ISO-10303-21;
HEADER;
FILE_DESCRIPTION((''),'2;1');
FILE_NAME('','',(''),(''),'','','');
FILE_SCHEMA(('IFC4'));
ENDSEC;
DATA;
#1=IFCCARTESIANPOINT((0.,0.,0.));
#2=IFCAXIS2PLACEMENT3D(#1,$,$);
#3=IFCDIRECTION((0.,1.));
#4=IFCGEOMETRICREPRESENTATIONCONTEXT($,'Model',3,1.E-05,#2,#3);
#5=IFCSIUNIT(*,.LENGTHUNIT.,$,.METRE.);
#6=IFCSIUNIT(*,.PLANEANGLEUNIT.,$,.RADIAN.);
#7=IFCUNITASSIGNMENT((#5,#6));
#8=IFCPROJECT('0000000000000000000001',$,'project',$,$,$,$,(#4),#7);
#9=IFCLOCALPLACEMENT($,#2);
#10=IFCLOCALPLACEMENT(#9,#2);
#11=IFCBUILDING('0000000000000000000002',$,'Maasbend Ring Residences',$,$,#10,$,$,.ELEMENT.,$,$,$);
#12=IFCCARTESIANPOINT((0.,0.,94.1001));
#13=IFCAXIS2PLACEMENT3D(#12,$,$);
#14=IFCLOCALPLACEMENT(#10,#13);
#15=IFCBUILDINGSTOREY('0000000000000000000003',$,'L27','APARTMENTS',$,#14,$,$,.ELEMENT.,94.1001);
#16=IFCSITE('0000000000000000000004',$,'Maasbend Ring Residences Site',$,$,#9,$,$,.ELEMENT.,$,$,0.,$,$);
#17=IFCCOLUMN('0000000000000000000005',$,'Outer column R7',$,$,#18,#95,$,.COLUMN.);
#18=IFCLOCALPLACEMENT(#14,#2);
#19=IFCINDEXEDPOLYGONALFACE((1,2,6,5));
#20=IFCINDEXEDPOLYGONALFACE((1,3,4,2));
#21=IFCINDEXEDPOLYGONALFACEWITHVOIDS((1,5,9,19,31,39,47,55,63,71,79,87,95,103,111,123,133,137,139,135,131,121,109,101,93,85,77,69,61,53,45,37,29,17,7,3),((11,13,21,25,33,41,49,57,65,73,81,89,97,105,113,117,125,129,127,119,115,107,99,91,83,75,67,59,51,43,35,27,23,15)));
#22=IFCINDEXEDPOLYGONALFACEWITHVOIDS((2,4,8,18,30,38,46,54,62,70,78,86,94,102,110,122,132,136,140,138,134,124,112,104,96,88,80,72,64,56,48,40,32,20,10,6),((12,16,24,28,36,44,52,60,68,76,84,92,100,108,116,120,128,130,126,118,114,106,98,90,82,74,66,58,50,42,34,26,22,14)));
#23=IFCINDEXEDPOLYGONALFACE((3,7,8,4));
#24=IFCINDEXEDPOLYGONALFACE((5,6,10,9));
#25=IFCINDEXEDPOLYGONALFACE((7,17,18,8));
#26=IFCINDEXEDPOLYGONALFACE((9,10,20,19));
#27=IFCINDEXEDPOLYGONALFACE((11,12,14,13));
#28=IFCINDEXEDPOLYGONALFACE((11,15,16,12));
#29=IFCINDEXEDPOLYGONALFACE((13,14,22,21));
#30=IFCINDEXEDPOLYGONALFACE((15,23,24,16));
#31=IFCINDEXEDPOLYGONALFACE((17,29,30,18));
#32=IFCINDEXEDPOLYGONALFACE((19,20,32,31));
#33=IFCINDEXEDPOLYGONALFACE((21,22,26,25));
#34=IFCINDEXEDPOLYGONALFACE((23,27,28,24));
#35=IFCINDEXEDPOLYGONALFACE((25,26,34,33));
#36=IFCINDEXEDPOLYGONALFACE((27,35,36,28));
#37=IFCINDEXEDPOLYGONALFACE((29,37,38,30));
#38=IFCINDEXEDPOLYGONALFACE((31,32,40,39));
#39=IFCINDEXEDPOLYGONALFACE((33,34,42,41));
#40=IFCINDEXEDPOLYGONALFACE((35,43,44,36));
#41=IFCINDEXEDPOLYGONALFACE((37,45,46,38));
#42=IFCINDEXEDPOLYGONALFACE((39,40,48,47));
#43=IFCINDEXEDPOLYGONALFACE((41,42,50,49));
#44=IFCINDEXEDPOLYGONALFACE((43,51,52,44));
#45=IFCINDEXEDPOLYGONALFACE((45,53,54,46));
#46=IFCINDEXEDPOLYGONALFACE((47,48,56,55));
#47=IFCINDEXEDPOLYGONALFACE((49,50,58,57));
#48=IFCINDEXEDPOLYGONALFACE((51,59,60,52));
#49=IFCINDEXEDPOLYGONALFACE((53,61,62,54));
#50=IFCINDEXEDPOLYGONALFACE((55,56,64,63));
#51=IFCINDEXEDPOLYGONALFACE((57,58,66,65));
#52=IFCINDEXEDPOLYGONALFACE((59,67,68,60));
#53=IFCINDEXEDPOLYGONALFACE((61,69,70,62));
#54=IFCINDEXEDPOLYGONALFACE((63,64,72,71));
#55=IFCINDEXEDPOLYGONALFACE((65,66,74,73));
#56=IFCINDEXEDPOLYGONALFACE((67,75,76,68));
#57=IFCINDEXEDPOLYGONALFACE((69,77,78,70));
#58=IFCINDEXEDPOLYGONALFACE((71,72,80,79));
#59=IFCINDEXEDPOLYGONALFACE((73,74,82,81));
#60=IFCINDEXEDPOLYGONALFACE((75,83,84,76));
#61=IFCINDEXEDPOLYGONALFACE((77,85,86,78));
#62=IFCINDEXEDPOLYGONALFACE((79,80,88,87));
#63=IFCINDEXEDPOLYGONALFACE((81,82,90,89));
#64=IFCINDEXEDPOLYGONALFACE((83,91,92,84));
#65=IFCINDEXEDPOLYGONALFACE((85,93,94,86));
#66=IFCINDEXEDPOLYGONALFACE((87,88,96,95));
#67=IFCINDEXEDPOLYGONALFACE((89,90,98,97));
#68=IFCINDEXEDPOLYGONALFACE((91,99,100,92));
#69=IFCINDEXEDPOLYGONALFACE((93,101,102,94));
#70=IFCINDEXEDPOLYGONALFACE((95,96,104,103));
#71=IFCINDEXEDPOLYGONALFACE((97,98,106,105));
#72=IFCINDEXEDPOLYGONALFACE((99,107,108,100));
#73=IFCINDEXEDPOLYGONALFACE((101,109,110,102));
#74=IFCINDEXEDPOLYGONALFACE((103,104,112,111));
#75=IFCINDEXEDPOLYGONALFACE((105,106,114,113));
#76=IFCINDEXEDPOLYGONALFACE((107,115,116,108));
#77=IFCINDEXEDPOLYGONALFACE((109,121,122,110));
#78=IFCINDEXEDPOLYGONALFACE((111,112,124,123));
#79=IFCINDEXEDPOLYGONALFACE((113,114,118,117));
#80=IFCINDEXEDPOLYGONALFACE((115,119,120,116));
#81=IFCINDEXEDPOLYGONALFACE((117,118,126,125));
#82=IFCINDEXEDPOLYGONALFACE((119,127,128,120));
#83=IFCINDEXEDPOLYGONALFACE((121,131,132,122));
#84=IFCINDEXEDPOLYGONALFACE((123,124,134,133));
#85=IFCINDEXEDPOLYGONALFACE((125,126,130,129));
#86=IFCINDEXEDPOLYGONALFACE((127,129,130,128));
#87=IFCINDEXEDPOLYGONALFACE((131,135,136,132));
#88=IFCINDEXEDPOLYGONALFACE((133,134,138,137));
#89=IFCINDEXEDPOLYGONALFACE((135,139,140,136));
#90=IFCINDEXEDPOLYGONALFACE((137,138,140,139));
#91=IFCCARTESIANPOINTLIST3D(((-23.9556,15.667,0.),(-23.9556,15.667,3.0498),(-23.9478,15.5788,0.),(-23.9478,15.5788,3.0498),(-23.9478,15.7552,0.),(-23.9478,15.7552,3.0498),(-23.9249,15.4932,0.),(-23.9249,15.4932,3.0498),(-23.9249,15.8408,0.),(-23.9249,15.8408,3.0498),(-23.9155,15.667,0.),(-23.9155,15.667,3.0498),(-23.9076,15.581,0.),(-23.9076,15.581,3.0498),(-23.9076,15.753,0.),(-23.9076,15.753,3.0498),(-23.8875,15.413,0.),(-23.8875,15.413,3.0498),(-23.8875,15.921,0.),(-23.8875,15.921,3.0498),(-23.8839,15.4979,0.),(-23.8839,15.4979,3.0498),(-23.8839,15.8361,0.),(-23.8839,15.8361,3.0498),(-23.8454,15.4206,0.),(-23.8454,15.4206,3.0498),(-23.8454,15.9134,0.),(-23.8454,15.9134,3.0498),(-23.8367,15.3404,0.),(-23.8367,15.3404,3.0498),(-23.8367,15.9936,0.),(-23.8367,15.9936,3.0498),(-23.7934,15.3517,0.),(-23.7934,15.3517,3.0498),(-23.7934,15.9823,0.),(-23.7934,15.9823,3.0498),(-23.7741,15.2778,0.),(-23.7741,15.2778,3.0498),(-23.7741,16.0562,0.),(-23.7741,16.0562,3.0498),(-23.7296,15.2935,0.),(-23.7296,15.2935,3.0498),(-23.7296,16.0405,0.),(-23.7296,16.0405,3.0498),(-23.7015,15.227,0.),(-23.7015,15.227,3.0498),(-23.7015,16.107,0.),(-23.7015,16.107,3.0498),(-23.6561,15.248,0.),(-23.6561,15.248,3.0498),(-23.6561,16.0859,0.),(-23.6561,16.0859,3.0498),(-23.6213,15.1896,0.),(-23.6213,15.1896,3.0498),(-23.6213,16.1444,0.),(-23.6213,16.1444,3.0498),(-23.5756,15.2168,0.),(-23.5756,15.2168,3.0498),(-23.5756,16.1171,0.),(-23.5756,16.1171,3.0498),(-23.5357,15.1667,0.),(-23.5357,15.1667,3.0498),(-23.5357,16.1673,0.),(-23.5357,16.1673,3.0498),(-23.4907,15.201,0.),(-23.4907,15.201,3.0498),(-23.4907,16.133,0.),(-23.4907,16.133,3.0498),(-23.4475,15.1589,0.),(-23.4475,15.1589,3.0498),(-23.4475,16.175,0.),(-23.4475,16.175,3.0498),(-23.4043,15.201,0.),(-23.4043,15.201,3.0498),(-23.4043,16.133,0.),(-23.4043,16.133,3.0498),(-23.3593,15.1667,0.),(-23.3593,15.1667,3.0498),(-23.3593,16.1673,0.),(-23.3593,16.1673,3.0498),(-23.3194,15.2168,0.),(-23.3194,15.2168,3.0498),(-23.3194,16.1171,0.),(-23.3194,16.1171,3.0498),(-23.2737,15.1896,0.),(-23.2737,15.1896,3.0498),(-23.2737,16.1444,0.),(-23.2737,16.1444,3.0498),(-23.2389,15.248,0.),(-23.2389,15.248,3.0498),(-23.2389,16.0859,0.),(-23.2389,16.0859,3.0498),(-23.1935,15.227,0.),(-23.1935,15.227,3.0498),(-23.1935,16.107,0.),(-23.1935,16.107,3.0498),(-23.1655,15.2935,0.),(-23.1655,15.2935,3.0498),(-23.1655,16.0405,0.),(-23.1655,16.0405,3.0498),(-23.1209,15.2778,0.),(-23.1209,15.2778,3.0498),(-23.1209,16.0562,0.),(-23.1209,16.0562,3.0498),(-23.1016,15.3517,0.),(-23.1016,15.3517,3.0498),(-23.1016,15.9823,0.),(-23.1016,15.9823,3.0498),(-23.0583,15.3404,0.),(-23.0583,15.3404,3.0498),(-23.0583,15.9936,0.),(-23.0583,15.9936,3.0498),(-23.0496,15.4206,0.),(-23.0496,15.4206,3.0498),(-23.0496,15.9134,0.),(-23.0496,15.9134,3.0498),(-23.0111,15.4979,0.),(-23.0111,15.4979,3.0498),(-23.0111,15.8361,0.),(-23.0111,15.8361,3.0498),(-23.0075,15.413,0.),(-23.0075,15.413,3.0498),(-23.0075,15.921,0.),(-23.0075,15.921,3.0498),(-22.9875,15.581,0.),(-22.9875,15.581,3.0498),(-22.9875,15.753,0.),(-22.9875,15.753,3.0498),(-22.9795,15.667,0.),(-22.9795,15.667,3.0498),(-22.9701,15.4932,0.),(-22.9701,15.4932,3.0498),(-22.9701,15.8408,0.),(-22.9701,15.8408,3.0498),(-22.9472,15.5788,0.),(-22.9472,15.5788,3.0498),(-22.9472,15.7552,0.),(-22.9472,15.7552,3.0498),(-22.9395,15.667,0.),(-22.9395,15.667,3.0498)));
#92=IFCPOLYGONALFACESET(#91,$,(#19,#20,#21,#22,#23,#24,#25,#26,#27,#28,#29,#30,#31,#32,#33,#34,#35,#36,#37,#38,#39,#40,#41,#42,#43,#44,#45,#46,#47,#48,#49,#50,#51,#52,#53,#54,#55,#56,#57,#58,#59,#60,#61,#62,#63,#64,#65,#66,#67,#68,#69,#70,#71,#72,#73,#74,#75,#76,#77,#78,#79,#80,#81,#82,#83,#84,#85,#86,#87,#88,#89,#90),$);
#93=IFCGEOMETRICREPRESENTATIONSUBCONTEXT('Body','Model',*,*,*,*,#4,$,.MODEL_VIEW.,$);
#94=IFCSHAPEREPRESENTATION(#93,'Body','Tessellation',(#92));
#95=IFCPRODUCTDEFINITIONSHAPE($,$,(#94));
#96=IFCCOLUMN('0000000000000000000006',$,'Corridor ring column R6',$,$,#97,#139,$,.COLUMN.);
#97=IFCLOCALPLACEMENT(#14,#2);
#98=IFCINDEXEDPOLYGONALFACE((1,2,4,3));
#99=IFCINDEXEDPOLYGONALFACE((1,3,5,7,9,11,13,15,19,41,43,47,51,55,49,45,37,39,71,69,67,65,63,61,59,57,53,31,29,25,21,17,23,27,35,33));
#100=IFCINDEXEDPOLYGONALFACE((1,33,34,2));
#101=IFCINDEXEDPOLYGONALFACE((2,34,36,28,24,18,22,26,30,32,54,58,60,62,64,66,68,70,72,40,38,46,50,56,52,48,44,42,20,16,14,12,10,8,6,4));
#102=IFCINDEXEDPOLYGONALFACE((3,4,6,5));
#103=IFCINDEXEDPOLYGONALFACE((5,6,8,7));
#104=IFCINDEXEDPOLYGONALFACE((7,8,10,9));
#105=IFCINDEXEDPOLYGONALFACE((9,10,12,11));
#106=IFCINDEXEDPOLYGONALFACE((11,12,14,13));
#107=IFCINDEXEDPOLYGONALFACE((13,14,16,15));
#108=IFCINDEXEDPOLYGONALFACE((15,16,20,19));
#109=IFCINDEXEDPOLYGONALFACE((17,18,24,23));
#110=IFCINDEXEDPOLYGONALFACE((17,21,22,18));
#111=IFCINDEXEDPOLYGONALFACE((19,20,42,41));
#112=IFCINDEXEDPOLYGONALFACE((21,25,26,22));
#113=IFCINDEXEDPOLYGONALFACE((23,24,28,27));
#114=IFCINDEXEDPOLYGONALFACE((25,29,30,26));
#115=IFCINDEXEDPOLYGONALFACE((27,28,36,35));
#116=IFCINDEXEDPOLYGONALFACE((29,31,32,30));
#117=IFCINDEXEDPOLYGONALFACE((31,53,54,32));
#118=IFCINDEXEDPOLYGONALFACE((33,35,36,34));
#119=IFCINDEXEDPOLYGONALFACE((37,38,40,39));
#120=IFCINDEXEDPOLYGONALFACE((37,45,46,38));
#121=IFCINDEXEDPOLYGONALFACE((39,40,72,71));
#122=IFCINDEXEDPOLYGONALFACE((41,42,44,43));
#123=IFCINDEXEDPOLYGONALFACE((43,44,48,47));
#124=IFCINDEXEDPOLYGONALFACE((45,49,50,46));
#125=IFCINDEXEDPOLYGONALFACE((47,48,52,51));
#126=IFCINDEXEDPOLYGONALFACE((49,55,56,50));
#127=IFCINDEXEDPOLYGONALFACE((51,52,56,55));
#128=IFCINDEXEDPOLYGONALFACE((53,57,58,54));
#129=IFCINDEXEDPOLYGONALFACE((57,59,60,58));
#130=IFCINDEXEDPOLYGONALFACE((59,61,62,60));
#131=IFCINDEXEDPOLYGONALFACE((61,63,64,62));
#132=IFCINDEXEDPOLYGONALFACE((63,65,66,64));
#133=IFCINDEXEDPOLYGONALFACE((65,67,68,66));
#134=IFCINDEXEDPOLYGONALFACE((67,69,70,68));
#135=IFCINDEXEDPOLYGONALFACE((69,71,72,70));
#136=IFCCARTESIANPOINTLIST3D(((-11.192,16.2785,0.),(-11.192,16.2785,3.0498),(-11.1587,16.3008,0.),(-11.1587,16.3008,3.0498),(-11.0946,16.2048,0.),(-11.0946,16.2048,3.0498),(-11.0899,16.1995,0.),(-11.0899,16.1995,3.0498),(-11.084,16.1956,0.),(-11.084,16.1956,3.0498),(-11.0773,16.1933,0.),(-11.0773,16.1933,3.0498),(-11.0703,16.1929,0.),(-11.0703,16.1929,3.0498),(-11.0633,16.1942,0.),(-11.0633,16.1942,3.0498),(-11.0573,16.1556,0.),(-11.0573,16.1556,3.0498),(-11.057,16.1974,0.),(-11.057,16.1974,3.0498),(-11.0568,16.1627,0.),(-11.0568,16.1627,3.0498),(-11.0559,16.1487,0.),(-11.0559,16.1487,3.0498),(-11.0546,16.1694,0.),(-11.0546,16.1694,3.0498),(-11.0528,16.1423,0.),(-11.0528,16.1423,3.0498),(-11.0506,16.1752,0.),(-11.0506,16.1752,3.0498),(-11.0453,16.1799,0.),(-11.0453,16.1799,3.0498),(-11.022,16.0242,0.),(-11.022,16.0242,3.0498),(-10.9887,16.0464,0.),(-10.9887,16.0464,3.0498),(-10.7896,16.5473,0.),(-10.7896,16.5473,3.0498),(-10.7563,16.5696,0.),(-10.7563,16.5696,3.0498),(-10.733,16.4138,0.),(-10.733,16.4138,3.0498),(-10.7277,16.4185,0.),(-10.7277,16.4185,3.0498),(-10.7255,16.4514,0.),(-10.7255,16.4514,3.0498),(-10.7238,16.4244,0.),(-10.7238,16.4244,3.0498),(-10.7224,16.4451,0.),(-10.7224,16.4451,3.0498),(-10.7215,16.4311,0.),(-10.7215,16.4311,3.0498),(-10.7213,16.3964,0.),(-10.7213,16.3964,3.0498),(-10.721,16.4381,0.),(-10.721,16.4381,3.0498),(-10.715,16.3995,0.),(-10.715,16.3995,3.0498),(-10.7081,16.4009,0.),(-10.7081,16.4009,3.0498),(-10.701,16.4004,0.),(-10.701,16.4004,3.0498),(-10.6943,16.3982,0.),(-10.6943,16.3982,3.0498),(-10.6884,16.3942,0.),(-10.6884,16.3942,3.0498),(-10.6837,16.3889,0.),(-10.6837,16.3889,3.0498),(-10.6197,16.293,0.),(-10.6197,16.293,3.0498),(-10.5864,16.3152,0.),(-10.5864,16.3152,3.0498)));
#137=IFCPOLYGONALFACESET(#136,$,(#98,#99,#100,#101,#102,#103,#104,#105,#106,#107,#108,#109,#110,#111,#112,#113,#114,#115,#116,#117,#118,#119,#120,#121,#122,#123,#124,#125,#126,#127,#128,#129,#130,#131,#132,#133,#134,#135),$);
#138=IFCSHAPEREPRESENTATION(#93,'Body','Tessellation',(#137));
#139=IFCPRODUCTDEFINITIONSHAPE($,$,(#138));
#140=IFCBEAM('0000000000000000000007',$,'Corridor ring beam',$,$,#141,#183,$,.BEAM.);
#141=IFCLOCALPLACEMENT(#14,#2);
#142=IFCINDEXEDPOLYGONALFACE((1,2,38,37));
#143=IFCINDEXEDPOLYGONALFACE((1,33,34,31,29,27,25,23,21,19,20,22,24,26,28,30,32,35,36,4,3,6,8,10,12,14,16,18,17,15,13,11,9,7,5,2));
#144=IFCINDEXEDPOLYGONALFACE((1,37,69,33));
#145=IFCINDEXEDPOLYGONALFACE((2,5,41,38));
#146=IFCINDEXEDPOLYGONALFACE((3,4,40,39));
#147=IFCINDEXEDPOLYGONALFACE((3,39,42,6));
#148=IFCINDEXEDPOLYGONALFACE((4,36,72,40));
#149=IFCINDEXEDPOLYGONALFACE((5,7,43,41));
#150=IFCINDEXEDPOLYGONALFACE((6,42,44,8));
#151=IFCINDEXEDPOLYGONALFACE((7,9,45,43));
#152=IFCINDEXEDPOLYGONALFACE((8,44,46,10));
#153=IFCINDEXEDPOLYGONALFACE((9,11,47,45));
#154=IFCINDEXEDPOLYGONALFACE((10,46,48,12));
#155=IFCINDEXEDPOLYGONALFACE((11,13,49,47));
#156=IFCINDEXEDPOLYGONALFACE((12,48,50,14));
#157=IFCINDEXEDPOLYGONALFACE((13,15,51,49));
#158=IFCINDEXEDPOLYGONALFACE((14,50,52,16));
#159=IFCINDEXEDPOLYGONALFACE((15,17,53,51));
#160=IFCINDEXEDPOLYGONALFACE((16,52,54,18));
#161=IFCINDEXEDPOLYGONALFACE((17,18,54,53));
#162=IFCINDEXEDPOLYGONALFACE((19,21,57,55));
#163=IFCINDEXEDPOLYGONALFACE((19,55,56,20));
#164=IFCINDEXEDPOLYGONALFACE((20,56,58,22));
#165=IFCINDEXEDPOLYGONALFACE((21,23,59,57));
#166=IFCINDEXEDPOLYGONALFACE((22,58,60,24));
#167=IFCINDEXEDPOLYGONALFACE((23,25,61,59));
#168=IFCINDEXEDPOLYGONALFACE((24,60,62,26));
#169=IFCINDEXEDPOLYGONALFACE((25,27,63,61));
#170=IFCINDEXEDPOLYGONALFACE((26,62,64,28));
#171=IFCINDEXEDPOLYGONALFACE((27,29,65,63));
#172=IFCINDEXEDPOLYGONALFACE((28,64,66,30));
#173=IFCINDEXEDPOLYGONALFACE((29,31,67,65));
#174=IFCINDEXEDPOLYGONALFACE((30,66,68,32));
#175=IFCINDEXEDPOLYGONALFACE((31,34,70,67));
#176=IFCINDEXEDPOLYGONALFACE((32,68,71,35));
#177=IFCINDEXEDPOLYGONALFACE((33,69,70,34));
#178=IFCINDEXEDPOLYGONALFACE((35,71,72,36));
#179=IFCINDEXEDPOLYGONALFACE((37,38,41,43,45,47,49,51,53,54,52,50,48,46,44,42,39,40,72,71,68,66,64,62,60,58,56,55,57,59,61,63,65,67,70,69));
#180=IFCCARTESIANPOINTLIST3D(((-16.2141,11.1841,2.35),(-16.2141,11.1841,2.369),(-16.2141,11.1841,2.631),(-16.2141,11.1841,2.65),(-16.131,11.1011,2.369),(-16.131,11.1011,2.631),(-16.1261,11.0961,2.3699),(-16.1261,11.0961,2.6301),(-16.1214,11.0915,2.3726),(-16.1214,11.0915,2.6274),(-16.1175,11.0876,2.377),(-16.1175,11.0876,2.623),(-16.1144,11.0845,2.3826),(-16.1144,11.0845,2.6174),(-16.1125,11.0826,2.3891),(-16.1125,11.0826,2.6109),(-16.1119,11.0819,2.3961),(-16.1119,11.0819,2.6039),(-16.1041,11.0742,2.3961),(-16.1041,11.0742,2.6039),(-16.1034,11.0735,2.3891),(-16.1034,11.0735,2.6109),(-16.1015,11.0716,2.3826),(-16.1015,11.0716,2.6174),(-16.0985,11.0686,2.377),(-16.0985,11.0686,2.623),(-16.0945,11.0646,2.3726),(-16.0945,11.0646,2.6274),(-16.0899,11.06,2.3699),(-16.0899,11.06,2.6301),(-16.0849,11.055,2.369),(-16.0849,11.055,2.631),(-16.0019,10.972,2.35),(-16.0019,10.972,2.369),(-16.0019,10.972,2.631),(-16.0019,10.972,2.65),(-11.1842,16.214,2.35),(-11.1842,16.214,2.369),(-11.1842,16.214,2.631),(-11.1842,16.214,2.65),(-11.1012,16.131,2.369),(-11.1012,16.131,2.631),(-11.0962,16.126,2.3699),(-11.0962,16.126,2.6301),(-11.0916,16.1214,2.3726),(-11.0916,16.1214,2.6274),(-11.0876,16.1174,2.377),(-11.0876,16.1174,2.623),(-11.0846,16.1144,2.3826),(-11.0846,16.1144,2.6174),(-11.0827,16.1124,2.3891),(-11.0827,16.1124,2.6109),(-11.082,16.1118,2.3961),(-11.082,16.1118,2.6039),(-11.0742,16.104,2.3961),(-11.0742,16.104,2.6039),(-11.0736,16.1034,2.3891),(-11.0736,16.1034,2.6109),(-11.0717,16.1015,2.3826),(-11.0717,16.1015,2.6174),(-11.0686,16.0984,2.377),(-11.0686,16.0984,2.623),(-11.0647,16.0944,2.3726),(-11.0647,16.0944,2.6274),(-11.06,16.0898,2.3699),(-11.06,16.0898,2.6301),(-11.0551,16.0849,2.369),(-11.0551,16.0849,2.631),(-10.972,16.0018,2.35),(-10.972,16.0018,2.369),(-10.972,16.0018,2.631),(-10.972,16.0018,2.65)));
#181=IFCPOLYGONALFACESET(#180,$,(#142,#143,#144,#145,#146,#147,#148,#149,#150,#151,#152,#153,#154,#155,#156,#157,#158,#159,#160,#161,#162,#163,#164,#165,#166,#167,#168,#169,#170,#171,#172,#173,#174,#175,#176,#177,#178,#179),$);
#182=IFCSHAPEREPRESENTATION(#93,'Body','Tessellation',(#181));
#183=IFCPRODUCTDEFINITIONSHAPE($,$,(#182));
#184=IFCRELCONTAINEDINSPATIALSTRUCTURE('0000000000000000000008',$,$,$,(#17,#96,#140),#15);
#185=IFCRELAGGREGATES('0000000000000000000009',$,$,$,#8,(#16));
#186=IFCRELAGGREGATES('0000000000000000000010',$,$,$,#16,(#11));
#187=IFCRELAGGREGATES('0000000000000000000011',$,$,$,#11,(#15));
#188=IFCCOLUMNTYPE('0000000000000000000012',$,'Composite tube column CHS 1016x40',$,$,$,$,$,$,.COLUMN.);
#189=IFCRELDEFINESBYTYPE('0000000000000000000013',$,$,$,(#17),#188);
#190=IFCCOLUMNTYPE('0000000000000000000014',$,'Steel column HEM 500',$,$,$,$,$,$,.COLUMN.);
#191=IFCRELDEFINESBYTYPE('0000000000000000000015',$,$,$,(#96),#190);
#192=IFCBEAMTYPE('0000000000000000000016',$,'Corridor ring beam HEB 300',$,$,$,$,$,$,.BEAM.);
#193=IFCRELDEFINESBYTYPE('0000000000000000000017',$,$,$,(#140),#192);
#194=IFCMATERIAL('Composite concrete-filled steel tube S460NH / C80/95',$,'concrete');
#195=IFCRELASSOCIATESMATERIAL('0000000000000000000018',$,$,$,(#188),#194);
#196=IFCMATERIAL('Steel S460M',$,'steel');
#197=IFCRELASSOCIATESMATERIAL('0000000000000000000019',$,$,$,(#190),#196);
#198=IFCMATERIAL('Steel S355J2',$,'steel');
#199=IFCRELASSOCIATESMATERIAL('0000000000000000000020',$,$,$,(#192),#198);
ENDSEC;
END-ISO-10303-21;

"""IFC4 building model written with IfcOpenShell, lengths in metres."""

from ifc_helpers import new_model, si_unit, direction, frame, origin, origin_2d, place, context, subcontext, project, spatial, hollow_circle, i_section, extrude, material, material_profile, profile_set, type_object, element, save


model = new_model("IFC4")

# Units and contexts
model_context = context("Model", 3, precision=1e-05, world=origin(), true_north=direction((0.0, 1.0)))
body_context = subcontext(model_context, "Body", "Model", "MODEL_VIEW")
ifc_project = project(units=[si_unit("LENGTHUNIT", "METRE"), si_unit("PLANEANGLEUNIT", "RADIAN")], contexts=[model_context])

# Site, building, storey
site_placement = place(None, origin())
site = spatial("IfcSite", under=ifc_project, at=site_placement, Name="Maasbend Ring Residences Site", CompositionType="ELEMENT", RefElevation=0.0)
building_placement = place(site_placement, origin())
building = spatial("IfcBuilding", under=site, at=building_placement, Name="Maasbend Ring Residences", CompositionType="ELEMENT")
storey_placement = place(building_placement, frame((0.0, 0.0, 94.1001)))
storey = spatial("IfcBuildingStorey", under=building, at=storey_placement, Name="L27", Description="APARTMENTS", CompositionType="ELEMENT", Elevation=94.1001)

# Columns
ifc_material_1 = material(Name="Composite concrete-filled steel tube S460NH / C80/95", Category="concrete")
ifc_material_profile_1 = material_profile(ifc_material_1, hollow_circle(Radius=0.5081, WallThickness=0.04, at=origin_2d()), Name="Composite tube column CHS 1016x40")
ifc_profile_set_1 = profile_set([ifc_material_profile_1], Name="Composite concrete-filled steel tube S460NH / C80/95")
column_type_1 = type_object("IfcColumnType", Name="Composite tube column CHS 1016x40", PredefinedType="COLUMN", material=ifc_profile_set_1)
column_1_placement = place(storey_placement, frame((-23.4475, 15.667, 0.0), z_axis=(0.0, 0.0, 1.0), x_axis=(1.0, 0.0, 0.0)))
element("IfcColumn", 1, at=column_1_placement, inside=storey, type_object=column_type_1, Name="Outer column R7", PredefinedType="COLUMN", context=body_context, shape_type="SweptSolid", body=[
    extrude(hollow_circle(Radius=0.5081, WallThickness=0.04, at=origin_2d()), origin(), (0.0, 0.0, 1.0), 3.0498),
])
ifc_material_2 = material(Name="Steel S460M", Category="steel")
ifc_material_profile_2 = material_profile(ifc_material_2, i_section(OverallWidth=0.3059, OverallDepth=0.5239, WebThickness=0.021, FlangeThickness=0.04, FilletRadius=0.0271, at=origin_2d()), Name="HEM 500")
ifc_profile_set_2 = profile_set([ifc_material_profile_2], Name="Steel S460M")
column_type_2 = type_object("IfcColumnType", Name="Steel column HEM 500", PredefinedType="COLUMN", material=ifc_profile_set_2)
column_2_placement = place(storey_placement, frame((-10.8892, 16.2969, 0.0), z_axis=(0.0, 0.0, 1.0), x_axis=(-0.55557, 0.83147, 0.0)))
element("IfcColumn", 2, at=column_2_placement, inside=storey, type_object=column_type_2, Name="Corridor ring column R6", PredefinedType="COLUMN", context=body_context, shape_type="SweptSolid", body=[
    extrude(i_section(OverallWidth=0.3059, OverallDepth=0.5239, WebThickness=0.021, FlangeThickness=0.04, FilletRadius=0.0271, at=origin_2d()), origin(), (0.0, 0.0, 1.0), 3.0498),
])

# Beam
ifc_material_3 = material(Name="Steel S355J2", Category="steel")
ifc_material_profile_3 = material_profile(ifc_material_3, i_section(OverallWidth=0.3, OverallDepth=0.3, WebThickness=0.011, FlangeThickness=0.019, FilletRadius=0.0271, at=origin_2d()), Name="HEB 300")
ifc_profile_set_3 = profile_set([ifc_material_profile_3], Name="Steel S355J2")
beam_type = type_object("IfcBeamType", Name="Corridor ring beam HEB 300", PredefinedType="BEAM", material=ifc_profile_set_3)
beam_placement = place(storey_placement, frame((-11.0781, 16.1079, 2.5), z_axis=(-0.707107, -0.707107, 0.0), x_axis=(0.707107, -0.707107, 0.0)))
element("IfcBeam", 3, at=beam_placement, inside=storey, type_object=beam_type, Name="Corridor ring beam", PredefinedType="BEAM", context=body_context, shape_type="SweptSolid", body=[
    extrude(i_section(OverallWidth=0.3, OverallDepth=0.3, WebThickness=0.011, FlangeThickness=0.019, FilletRadius=0.0271, at=origin_2d()), origin(), (0.0, 0.0, 1.0), 7.1133),
])

save(model, "model.ifc")
